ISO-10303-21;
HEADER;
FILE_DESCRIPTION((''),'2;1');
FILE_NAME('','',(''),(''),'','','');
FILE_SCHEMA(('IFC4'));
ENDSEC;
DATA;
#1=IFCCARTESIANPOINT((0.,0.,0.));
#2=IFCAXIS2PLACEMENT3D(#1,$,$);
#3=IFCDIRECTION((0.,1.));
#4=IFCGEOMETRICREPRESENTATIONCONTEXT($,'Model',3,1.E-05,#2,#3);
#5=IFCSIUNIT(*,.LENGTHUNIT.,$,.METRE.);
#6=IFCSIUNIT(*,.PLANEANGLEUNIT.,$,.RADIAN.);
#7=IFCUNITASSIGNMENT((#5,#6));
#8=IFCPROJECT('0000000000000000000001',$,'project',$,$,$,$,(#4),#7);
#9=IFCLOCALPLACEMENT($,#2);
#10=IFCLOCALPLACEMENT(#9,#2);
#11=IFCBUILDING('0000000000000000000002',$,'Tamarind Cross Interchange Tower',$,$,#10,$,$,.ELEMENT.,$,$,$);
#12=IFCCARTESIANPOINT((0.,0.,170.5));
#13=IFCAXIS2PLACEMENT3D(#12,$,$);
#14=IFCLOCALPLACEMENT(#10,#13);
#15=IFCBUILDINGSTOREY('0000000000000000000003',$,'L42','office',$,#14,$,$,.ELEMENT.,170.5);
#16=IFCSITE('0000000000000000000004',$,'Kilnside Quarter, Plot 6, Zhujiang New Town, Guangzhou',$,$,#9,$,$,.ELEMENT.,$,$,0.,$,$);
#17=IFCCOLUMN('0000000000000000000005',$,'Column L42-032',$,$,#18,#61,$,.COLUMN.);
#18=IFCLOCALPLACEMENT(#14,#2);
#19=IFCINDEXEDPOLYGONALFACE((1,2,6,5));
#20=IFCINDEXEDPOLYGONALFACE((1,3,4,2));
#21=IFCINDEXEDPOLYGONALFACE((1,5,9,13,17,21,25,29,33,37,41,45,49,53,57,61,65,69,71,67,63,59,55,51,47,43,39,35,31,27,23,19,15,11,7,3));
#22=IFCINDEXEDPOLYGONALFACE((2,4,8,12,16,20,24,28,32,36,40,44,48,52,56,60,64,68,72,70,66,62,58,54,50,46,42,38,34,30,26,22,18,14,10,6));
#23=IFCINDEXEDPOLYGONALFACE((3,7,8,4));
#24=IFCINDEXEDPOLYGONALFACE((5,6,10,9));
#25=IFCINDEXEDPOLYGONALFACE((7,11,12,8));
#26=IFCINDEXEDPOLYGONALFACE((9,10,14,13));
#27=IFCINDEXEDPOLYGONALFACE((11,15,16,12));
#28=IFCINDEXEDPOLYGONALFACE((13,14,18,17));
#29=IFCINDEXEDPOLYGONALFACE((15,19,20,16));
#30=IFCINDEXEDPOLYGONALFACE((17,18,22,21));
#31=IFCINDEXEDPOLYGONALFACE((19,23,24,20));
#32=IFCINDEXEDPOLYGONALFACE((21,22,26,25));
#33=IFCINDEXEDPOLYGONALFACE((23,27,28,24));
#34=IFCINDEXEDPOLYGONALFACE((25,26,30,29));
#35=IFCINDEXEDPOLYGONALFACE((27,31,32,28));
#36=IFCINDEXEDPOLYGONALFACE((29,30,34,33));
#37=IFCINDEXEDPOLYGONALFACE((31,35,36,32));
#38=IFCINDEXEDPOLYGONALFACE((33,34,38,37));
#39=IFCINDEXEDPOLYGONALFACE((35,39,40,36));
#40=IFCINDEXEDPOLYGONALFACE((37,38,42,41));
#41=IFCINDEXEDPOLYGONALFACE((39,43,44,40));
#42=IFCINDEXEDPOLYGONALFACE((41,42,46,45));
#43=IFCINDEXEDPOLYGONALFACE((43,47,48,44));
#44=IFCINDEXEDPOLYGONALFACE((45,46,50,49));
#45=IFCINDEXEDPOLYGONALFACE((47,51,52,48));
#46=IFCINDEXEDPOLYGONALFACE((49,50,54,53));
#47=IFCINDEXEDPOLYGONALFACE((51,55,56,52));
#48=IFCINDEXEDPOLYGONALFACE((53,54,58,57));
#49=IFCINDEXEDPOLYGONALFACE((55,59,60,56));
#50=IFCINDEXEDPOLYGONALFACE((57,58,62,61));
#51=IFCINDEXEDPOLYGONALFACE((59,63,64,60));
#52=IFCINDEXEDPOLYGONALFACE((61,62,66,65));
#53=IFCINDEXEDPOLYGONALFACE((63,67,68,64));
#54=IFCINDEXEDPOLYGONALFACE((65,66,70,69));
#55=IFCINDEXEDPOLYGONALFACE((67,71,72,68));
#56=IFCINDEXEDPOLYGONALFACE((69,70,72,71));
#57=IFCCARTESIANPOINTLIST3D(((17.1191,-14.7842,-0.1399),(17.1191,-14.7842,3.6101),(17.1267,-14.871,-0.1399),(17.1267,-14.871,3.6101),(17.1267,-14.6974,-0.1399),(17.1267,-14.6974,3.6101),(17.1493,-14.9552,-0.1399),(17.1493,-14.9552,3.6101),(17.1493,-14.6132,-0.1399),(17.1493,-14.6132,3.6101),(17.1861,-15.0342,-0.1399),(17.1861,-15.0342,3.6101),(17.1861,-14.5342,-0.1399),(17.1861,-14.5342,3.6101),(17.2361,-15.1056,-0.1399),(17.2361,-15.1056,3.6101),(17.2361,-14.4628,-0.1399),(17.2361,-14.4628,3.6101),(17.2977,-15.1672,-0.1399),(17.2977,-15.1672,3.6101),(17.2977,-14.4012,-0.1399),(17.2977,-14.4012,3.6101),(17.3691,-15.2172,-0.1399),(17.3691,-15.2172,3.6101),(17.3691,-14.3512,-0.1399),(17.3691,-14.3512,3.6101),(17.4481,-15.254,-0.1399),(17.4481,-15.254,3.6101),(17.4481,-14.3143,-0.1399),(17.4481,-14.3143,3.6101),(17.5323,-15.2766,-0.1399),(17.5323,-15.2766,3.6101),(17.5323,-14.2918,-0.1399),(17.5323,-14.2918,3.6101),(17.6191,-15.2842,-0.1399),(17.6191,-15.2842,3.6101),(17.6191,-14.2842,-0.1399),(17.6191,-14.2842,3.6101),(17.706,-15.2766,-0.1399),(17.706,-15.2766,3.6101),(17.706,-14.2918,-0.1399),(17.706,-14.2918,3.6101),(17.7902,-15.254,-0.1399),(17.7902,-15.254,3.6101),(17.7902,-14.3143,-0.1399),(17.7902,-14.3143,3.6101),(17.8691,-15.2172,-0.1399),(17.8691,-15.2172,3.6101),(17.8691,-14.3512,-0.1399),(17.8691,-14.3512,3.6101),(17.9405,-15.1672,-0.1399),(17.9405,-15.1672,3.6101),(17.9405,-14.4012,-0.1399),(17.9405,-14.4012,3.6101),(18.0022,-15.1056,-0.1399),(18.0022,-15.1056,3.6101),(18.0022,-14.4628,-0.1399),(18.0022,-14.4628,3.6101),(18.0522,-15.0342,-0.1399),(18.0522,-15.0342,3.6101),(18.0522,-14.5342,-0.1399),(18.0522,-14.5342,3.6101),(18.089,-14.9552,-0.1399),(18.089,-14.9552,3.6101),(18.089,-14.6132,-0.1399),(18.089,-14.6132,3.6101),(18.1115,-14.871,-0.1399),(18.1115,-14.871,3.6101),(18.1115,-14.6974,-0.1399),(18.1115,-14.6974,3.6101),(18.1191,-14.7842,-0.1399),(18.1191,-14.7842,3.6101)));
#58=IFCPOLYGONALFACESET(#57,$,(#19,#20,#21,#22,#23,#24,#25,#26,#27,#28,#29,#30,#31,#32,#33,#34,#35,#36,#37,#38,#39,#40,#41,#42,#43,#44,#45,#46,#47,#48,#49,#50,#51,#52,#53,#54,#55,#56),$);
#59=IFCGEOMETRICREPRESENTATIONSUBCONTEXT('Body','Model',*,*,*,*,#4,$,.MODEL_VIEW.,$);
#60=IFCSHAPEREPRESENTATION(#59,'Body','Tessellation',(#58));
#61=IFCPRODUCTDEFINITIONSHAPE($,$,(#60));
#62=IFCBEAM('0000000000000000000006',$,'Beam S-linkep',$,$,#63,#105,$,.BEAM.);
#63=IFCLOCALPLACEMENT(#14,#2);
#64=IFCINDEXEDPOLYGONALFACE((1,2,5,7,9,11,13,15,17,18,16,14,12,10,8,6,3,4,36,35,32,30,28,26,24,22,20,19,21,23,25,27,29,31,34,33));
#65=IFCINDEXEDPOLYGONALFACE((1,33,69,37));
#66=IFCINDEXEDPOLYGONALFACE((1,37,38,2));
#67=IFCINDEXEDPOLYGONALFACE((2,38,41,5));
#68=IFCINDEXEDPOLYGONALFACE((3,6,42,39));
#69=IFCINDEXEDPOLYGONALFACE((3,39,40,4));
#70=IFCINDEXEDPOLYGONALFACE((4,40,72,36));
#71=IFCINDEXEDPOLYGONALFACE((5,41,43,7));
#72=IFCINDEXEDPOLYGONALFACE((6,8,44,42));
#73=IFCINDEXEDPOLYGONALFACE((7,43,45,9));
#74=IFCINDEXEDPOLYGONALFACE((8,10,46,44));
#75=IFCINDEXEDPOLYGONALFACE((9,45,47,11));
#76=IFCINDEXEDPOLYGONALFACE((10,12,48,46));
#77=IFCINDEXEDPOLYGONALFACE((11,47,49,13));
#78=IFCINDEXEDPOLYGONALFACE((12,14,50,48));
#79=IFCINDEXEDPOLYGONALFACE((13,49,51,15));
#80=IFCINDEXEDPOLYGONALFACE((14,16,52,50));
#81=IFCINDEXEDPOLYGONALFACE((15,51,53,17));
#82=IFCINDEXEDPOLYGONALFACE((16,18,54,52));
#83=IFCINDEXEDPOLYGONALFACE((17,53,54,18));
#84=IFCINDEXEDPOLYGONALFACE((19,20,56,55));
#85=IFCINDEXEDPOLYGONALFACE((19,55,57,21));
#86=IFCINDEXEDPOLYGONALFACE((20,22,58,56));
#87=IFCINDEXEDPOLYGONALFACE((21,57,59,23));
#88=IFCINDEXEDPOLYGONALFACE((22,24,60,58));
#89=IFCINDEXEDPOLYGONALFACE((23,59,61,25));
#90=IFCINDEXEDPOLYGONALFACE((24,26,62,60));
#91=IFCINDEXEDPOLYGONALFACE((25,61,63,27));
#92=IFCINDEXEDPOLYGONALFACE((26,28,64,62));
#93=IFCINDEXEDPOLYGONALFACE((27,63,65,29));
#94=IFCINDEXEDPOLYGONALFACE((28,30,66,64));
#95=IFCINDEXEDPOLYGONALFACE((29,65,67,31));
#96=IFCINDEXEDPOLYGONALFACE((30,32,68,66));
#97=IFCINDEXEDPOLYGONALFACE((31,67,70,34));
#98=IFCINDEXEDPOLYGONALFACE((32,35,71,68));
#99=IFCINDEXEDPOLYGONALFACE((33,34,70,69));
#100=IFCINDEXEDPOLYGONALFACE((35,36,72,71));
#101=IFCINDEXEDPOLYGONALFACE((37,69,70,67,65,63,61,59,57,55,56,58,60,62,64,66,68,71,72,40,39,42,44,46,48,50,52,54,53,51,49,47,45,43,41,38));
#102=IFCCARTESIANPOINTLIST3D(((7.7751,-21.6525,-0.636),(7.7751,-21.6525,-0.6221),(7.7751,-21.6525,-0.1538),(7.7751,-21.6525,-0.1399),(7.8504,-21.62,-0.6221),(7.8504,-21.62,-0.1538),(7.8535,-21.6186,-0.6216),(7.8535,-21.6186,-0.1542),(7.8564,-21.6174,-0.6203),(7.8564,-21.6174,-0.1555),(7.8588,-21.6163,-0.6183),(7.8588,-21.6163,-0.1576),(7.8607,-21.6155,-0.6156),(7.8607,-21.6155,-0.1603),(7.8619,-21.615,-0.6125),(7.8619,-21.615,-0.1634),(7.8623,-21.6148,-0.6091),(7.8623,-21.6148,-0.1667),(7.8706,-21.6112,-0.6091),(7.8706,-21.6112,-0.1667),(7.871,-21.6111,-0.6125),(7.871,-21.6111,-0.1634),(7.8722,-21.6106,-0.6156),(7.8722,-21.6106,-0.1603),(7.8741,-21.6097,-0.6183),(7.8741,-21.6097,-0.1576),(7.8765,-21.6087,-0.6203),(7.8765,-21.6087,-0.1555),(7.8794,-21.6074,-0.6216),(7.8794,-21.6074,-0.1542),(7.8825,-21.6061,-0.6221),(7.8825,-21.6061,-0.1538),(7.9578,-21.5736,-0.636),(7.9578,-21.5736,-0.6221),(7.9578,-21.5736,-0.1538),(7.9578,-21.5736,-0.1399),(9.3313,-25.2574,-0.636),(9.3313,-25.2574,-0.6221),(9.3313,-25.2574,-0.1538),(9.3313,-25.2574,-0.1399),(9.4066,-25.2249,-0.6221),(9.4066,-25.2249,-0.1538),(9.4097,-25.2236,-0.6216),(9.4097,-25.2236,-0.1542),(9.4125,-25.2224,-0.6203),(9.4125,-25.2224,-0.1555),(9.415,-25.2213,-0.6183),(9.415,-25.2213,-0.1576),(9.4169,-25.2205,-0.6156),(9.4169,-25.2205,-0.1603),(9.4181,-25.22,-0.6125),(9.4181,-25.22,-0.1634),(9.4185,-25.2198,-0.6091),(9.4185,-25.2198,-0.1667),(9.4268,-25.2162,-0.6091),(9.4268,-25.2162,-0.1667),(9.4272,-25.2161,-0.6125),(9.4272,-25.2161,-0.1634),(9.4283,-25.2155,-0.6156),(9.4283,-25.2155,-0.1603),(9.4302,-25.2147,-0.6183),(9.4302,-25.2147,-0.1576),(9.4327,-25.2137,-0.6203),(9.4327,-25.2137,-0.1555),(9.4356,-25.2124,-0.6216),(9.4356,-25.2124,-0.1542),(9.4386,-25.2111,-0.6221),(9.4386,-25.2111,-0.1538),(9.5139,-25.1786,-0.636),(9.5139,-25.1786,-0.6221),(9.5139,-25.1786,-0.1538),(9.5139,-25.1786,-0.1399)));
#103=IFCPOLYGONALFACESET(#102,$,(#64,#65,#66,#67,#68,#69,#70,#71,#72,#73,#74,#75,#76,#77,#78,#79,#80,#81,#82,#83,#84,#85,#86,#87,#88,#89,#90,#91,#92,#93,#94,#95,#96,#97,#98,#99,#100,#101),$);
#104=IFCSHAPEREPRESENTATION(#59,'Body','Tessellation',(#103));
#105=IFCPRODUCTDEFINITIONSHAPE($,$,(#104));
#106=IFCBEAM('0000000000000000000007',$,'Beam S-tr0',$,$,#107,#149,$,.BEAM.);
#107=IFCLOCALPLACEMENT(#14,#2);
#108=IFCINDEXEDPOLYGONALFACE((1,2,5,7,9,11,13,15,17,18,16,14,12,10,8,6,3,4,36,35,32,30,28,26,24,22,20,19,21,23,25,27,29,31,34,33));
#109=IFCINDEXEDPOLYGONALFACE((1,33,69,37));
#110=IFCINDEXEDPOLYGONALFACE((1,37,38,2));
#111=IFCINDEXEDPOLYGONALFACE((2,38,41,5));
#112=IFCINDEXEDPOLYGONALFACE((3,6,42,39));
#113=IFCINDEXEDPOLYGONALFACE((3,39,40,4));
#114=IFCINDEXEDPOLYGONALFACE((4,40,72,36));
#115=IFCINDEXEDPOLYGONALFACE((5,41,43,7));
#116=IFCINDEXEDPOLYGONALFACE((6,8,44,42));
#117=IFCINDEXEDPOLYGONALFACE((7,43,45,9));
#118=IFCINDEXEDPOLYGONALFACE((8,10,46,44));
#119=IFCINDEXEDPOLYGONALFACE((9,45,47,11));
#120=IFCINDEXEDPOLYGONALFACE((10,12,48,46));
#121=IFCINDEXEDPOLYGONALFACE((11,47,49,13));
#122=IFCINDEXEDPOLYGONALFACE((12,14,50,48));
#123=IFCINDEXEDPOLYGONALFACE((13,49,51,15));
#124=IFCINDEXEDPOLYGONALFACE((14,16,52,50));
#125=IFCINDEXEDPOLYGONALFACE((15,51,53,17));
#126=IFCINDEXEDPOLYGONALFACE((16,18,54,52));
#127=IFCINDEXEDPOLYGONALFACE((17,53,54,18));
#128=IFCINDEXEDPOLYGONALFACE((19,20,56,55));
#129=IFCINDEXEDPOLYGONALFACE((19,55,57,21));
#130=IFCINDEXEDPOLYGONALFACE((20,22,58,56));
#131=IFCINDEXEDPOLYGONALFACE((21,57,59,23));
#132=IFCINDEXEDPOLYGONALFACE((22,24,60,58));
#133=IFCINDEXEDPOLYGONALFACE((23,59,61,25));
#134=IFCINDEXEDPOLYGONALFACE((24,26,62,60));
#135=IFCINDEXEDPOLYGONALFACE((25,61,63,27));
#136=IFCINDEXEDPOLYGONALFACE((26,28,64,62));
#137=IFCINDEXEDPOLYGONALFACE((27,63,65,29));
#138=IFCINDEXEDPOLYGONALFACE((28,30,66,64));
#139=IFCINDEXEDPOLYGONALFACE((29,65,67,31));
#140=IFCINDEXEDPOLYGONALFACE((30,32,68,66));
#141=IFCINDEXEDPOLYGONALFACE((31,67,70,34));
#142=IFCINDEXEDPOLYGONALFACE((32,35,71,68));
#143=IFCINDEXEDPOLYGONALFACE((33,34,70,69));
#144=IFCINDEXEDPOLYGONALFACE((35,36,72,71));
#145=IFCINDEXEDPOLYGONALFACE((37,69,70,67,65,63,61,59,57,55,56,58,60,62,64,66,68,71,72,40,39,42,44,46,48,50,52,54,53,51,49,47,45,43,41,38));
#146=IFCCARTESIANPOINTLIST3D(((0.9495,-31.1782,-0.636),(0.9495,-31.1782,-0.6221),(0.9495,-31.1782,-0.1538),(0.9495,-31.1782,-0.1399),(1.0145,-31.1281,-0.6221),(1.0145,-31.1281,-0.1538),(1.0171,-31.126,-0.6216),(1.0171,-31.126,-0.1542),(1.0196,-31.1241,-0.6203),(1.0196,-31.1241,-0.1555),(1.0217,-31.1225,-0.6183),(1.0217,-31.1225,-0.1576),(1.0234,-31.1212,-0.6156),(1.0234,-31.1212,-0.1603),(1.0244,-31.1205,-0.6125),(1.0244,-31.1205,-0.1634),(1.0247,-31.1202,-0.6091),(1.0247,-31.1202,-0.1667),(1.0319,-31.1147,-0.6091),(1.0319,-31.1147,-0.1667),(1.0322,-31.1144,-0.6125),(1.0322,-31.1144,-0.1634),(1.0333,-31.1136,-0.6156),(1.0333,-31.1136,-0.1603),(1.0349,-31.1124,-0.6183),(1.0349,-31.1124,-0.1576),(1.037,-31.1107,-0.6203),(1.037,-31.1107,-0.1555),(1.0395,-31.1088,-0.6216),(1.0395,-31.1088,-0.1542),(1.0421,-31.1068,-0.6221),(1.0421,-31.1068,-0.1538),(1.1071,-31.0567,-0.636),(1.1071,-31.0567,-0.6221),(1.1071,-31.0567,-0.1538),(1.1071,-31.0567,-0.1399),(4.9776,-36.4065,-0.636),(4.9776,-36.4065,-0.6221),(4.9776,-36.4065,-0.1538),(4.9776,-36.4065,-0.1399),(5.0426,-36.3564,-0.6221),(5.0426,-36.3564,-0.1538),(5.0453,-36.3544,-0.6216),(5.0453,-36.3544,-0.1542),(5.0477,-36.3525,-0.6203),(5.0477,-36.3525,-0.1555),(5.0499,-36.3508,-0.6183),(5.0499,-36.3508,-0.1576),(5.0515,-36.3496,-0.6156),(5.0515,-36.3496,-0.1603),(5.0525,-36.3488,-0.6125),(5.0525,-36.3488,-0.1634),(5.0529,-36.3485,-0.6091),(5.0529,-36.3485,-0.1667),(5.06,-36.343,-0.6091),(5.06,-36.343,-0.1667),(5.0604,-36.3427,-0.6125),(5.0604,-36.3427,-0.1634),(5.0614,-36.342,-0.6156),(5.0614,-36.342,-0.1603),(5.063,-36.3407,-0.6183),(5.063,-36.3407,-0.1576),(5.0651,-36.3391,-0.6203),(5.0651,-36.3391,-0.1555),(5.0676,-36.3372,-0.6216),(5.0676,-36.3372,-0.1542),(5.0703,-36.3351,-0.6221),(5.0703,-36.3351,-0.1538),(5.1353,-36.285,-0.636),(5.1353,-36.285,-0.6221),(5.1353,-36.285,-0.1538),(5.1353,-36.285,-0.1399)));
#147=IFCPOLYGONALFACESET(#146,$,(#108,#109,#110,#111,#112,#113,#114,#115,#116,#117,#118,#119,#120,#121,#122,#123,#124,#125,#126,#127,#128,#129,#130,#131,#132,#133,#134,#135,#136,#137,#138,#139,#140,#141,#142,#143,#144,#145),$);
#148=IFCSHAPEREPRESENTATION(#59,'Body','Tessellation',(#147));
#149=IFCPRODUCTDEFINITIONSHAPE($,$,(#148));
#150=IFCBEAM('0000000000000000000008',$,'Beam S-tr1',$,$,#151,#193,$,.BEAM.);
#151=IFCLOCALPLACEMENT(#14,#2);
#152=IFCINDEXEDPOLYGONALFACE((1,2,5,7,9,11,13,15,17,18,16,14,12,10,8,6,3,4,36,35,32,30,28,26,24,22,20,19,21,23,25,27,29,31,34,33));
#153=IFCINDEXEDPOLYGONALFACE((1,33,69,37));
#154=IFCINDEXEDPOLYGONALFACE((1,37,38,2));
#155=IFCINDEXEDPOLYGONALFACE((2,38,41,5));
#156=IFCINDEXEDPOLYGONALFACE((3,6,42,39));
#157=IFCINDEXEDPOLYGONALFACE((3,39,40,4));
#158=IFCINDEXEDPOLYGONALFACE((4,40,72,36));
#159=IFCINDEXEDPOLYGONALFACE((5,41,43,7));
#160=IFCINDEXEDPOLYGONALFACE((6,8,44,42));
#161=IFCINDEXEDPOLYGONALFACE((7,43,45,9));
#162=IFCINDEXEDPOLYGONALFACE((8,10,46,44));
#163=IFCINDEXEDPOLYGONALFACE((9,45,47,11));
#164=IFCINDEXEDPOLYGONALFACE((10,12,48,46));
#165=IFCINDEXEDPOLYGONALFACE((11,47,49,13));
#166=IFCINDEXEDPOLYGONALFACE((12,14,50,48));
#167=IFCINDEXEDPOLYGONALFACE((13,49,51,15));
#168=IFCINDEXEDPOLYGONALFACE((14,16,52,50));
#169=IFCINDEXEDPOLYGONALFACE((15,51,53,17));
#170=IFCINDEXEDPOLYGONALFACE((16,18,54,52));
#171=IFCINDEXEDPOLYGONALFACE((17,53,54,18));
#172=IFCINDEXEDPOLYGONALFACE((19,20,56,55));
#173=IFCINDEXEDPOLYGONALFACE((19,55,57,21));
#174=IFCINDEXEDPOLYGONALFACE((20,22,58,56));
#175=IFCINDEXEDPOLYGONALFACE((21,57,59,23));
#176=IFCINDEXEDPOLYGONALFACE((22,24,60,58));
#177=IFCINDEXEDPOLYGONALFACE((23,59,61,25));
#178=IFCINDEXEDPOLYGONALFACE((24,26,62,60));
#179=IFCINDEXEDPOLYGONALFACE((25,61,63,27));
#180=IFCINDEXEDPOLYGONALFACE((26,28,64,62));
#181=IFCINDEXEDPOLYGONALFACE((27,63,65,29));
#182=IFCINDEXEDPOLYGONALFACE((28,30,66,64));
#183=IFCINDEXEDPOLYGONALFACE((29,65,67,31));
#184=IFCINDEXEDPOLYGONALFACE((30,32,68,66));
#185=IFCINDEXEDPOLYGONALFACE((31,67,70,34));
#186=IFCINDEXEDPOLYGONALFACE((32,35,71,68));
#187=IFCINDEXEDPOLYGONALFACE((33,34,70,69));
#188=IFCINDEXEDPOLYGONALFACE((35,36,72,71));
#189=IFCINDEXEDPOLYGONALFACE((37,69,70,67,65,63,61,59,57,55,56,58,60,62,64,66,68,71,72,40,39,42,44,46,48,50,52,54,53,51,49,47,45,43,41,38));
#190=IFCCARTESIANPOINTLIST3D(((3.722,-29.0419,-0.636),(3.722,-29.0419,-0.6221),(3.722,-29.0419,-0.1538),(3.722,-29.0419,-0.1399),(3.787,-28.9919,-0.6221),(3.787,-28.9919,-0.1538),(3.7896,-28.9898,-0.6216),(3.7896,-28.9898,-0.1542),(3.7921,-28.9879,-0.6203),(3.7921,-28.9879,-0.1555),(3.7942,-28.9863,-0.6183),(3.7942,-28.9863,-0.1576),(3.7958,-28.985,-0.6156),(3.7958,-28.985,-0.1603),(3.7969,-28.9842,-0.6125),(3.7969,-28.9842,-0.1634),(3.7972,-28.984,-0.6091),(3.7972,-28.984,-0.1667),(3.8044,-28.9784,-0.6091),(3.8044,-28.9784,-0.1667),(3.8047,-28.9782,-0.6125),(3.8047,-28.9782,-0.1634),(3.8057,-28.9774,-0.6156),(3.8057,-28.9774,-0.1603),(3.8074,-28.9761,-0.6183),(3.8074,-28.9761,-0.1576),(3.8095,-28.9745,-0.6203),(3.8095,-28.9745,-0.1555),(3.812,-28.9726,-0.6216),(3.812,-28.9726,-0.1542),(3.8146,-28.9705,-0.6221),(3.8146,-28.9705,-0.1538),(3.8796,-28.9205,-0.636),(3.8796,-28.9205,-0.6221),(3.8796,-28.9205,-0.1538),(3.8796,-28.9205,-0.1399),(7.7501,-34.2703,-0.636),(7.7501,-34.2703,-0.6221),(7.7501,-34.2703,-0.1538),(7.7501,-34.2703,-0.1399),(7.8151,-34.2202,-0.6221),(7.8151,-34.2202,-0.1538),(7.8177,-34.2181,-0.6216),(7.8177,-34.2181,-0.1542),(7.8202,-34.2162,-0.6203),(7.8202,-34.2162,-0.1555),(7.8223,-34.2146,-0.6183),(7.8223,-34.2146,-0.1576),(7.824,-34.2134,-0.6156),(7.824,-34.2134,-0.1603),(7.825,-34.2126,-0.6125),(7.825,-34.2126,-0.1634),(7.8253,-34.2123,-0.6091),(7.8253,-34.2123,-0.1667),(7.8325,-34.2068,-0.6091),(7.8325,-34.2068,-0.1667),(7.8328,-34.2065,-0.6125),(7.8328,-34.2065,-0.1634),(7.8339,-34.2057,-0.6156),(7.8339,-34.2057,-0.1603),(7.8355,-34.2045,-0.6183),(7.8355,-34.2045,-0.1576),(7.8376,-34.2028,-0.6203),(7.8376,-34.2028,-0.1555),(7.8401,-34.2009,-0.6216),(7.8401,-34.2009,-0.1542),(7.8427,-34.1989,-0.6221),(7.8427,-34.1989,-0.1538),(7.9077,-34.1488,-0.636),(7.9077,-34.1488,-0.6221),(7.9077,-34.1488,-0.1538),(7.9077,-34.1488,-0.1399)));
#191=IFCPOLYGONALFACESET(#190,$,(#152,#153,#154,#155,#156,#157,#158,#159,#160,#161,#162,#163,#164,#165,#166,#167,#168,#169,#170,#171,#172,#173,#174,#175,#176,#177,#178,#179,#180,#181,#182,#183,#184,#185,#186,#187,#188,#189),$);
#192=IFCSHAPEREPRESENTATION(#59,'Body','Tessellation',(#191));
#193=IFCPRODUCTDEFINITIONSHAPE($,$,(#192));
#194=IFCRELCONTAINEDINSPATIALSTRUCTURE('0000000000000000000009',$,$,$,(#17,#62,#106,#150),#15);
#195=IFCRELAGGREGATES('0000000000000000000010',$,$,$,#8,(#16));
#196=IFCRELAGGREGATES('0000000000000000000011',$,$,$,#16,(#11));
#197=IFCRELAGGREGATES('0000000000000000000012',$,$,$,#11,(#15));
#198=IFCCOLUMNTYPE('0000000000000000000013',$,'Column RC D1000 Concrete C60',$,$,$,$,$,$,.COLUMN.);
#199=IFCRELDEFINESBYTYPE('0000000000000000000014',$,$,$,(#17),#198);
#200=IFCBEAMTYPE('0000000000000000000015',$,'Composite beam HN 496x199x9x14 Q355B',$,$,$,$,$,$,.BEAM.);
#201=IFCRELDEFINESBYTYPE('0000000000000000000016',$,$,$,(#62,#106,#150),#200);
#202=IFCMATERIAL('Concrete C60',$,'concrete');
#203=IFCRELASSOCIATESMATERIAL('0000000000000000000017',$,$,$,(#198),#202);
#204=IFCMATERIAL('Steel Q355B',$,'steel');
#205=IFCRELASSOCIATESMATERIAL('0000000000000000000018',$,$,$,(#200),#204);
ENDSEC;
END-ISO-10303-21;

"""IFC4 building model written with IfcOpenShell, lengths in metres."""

from ifc_helpers import new_model, si_unit, direction, frame, origin, origin_2d, place, context, subcontext, project, spatial, circle, i_section, extrude, material, material_profile, profile_set, type_object, element, save


model = new_model("IFC4")

# Units and contexts
model_context = context("Model", 3, precision=1e-05, world=origin(), true_north=direction((0.0, 1.0)))
body_context = subcontext(model_context, "Body", "Model", "MODEL_VIEW")
ifc_project = project(units=[si_unit("LENGTHUNIT", "METRE"), si_unit("PLANEANGLEUNIT", "RADIAN")], contexts=[model_context])

# Site, building, storey
site_placement = place(None, origin())
site = spatial("IfcSite", under=ifc_project, at=site_placement, Name="Kilnside Quarter, Plot 6, Zhujiang New Town, Guangzhou", CompositionType="ELEMENT", RefElevation=0.0)
building_placement = place(site_placement, origin())
building = spatial("IfcBuilding", under=site, at=building_placement, Name="Tamarind Cross Interchange Tower", CompositionType="ELEMENT")
storey_placement = place(building_placement, frame((0.0, 0.0, 170.5)))
storey = spatial("IfcBuildingStorey", under=building, at=storey_placement, Name="L42", Description="office", CompositionType="ELEMENT", Elevation=170.5)

# Column
ifc_material_1 = material(Name="Concrete C60", Category="concrete")
ifc_material_profile_1 = material_profile(ifc_material_1, circle(Radius=0.5, at=origin_2d()), Name="RC D1000")
ifc_profile_set_1 = profile_set([ifc_material_profile_1], Name="Concrete C60")
column_type_1 = type_object("IfcColumnType", Name="Column RC D1000 Concrete C60", PredefinedType="COLUMN", material=ifc_profile_set_1)
for number, where, z_axis, x_axis, name in (
    (1, (17.6191, -14.7842, -0.1399), (0.0, 0.0, 1.0), (1.0, 0.0, 0.0), "Column L42-032"),
):
    element("IfcColumn", number, at=place(storey_placement, frame(where, z_axis=z_axis, x_axis=x_axis)), inside=storey, type_object=column_type_1, Name=name, PredefinedType="COLUMN", context=body_context, shape_type="SweptSolid", body=[
        extrude(circle(Radius=0.5, at=origin_2d()), origin(), (0.0, 0.0, 1.0), 3.75),
    ])

# Beams
ifc_material_2 = material(Name="Steel Q355B", Category="steel")
ifc_material_profile_2 = material_profile(ifc_material_2, i_section(OverallWidth=0.199, OverallDepth=0.4961, WebThickness=0.009, FlangeThickness=0.0139, FilletRadius=0.0129, at=origin_2d()), Name="HN 496x199x9x14")
ifc_profile_set_2 = profile_set([ifc_material_profile_2], Name="Steel Q355B")
beam_type_1 = type_object("IfcBeamType", Name="Composite beam HN 496x199x9x14 Q355B", PredefinedType="BEAM", material=ifc_profile_set_2)
beam_1_placement = place(storey_placement, frame((9.4226, -25.218, -0.3879), z_axis=(-0.396319, 0.918113, 0.0), x_axis=(-0.918113, -0.396319, 0.0)))
element("IfcBeam", 2, at=beam_1_placement, inside=storey, type_object=beam_type_1, Name="Beam S-linkep", PredefinedType="BEAM", context=body_context, shape_type="SweptSolid", body=[
    extrude(i_section(OverallWidth=0.199, OverallDepth=0.4961, WebThickness=0.009, FlangeThickness=0.0139, FilletRadius=0.0129, at=origin_2d()), origin(), (0.0, 0.0, 1.0), 3.9265),
])
for number, where, z_axis, x_axis, name in (
    (3, (1.0283, -31.1174, -0.3879), (0.610313, -0.79216, 0.0), (0.79216, 0.610313, 0.0), "Beam S-tr0"),
    (4, (3.8008, -28.9812, -0.3879), (0.610313, -0.79216, 0.0), (0.79216, 0.610313, 0.0), "Beam S-tr1"),
):
    element("IfcBeam", number, at=place(storey_placement, frame(where, z_axis=z_axis, x_axis=x_axis)), inside=storey, type_object=beam_type_1, Name=name, PredefinedType="BEAM", context=body_context, shape_type="SweptSolid", body=[
        extrude(i_section(OverallWidth=0.199, OverallDepth=0.4961, WebThickness=0.009, FlangeThickness=0.0139, FilletRadius=0.0129, at=origin_2d()), origin(), (0.0, 0.0, 1.0), 6.6001),
    ])

save(model, "model.ifc")
